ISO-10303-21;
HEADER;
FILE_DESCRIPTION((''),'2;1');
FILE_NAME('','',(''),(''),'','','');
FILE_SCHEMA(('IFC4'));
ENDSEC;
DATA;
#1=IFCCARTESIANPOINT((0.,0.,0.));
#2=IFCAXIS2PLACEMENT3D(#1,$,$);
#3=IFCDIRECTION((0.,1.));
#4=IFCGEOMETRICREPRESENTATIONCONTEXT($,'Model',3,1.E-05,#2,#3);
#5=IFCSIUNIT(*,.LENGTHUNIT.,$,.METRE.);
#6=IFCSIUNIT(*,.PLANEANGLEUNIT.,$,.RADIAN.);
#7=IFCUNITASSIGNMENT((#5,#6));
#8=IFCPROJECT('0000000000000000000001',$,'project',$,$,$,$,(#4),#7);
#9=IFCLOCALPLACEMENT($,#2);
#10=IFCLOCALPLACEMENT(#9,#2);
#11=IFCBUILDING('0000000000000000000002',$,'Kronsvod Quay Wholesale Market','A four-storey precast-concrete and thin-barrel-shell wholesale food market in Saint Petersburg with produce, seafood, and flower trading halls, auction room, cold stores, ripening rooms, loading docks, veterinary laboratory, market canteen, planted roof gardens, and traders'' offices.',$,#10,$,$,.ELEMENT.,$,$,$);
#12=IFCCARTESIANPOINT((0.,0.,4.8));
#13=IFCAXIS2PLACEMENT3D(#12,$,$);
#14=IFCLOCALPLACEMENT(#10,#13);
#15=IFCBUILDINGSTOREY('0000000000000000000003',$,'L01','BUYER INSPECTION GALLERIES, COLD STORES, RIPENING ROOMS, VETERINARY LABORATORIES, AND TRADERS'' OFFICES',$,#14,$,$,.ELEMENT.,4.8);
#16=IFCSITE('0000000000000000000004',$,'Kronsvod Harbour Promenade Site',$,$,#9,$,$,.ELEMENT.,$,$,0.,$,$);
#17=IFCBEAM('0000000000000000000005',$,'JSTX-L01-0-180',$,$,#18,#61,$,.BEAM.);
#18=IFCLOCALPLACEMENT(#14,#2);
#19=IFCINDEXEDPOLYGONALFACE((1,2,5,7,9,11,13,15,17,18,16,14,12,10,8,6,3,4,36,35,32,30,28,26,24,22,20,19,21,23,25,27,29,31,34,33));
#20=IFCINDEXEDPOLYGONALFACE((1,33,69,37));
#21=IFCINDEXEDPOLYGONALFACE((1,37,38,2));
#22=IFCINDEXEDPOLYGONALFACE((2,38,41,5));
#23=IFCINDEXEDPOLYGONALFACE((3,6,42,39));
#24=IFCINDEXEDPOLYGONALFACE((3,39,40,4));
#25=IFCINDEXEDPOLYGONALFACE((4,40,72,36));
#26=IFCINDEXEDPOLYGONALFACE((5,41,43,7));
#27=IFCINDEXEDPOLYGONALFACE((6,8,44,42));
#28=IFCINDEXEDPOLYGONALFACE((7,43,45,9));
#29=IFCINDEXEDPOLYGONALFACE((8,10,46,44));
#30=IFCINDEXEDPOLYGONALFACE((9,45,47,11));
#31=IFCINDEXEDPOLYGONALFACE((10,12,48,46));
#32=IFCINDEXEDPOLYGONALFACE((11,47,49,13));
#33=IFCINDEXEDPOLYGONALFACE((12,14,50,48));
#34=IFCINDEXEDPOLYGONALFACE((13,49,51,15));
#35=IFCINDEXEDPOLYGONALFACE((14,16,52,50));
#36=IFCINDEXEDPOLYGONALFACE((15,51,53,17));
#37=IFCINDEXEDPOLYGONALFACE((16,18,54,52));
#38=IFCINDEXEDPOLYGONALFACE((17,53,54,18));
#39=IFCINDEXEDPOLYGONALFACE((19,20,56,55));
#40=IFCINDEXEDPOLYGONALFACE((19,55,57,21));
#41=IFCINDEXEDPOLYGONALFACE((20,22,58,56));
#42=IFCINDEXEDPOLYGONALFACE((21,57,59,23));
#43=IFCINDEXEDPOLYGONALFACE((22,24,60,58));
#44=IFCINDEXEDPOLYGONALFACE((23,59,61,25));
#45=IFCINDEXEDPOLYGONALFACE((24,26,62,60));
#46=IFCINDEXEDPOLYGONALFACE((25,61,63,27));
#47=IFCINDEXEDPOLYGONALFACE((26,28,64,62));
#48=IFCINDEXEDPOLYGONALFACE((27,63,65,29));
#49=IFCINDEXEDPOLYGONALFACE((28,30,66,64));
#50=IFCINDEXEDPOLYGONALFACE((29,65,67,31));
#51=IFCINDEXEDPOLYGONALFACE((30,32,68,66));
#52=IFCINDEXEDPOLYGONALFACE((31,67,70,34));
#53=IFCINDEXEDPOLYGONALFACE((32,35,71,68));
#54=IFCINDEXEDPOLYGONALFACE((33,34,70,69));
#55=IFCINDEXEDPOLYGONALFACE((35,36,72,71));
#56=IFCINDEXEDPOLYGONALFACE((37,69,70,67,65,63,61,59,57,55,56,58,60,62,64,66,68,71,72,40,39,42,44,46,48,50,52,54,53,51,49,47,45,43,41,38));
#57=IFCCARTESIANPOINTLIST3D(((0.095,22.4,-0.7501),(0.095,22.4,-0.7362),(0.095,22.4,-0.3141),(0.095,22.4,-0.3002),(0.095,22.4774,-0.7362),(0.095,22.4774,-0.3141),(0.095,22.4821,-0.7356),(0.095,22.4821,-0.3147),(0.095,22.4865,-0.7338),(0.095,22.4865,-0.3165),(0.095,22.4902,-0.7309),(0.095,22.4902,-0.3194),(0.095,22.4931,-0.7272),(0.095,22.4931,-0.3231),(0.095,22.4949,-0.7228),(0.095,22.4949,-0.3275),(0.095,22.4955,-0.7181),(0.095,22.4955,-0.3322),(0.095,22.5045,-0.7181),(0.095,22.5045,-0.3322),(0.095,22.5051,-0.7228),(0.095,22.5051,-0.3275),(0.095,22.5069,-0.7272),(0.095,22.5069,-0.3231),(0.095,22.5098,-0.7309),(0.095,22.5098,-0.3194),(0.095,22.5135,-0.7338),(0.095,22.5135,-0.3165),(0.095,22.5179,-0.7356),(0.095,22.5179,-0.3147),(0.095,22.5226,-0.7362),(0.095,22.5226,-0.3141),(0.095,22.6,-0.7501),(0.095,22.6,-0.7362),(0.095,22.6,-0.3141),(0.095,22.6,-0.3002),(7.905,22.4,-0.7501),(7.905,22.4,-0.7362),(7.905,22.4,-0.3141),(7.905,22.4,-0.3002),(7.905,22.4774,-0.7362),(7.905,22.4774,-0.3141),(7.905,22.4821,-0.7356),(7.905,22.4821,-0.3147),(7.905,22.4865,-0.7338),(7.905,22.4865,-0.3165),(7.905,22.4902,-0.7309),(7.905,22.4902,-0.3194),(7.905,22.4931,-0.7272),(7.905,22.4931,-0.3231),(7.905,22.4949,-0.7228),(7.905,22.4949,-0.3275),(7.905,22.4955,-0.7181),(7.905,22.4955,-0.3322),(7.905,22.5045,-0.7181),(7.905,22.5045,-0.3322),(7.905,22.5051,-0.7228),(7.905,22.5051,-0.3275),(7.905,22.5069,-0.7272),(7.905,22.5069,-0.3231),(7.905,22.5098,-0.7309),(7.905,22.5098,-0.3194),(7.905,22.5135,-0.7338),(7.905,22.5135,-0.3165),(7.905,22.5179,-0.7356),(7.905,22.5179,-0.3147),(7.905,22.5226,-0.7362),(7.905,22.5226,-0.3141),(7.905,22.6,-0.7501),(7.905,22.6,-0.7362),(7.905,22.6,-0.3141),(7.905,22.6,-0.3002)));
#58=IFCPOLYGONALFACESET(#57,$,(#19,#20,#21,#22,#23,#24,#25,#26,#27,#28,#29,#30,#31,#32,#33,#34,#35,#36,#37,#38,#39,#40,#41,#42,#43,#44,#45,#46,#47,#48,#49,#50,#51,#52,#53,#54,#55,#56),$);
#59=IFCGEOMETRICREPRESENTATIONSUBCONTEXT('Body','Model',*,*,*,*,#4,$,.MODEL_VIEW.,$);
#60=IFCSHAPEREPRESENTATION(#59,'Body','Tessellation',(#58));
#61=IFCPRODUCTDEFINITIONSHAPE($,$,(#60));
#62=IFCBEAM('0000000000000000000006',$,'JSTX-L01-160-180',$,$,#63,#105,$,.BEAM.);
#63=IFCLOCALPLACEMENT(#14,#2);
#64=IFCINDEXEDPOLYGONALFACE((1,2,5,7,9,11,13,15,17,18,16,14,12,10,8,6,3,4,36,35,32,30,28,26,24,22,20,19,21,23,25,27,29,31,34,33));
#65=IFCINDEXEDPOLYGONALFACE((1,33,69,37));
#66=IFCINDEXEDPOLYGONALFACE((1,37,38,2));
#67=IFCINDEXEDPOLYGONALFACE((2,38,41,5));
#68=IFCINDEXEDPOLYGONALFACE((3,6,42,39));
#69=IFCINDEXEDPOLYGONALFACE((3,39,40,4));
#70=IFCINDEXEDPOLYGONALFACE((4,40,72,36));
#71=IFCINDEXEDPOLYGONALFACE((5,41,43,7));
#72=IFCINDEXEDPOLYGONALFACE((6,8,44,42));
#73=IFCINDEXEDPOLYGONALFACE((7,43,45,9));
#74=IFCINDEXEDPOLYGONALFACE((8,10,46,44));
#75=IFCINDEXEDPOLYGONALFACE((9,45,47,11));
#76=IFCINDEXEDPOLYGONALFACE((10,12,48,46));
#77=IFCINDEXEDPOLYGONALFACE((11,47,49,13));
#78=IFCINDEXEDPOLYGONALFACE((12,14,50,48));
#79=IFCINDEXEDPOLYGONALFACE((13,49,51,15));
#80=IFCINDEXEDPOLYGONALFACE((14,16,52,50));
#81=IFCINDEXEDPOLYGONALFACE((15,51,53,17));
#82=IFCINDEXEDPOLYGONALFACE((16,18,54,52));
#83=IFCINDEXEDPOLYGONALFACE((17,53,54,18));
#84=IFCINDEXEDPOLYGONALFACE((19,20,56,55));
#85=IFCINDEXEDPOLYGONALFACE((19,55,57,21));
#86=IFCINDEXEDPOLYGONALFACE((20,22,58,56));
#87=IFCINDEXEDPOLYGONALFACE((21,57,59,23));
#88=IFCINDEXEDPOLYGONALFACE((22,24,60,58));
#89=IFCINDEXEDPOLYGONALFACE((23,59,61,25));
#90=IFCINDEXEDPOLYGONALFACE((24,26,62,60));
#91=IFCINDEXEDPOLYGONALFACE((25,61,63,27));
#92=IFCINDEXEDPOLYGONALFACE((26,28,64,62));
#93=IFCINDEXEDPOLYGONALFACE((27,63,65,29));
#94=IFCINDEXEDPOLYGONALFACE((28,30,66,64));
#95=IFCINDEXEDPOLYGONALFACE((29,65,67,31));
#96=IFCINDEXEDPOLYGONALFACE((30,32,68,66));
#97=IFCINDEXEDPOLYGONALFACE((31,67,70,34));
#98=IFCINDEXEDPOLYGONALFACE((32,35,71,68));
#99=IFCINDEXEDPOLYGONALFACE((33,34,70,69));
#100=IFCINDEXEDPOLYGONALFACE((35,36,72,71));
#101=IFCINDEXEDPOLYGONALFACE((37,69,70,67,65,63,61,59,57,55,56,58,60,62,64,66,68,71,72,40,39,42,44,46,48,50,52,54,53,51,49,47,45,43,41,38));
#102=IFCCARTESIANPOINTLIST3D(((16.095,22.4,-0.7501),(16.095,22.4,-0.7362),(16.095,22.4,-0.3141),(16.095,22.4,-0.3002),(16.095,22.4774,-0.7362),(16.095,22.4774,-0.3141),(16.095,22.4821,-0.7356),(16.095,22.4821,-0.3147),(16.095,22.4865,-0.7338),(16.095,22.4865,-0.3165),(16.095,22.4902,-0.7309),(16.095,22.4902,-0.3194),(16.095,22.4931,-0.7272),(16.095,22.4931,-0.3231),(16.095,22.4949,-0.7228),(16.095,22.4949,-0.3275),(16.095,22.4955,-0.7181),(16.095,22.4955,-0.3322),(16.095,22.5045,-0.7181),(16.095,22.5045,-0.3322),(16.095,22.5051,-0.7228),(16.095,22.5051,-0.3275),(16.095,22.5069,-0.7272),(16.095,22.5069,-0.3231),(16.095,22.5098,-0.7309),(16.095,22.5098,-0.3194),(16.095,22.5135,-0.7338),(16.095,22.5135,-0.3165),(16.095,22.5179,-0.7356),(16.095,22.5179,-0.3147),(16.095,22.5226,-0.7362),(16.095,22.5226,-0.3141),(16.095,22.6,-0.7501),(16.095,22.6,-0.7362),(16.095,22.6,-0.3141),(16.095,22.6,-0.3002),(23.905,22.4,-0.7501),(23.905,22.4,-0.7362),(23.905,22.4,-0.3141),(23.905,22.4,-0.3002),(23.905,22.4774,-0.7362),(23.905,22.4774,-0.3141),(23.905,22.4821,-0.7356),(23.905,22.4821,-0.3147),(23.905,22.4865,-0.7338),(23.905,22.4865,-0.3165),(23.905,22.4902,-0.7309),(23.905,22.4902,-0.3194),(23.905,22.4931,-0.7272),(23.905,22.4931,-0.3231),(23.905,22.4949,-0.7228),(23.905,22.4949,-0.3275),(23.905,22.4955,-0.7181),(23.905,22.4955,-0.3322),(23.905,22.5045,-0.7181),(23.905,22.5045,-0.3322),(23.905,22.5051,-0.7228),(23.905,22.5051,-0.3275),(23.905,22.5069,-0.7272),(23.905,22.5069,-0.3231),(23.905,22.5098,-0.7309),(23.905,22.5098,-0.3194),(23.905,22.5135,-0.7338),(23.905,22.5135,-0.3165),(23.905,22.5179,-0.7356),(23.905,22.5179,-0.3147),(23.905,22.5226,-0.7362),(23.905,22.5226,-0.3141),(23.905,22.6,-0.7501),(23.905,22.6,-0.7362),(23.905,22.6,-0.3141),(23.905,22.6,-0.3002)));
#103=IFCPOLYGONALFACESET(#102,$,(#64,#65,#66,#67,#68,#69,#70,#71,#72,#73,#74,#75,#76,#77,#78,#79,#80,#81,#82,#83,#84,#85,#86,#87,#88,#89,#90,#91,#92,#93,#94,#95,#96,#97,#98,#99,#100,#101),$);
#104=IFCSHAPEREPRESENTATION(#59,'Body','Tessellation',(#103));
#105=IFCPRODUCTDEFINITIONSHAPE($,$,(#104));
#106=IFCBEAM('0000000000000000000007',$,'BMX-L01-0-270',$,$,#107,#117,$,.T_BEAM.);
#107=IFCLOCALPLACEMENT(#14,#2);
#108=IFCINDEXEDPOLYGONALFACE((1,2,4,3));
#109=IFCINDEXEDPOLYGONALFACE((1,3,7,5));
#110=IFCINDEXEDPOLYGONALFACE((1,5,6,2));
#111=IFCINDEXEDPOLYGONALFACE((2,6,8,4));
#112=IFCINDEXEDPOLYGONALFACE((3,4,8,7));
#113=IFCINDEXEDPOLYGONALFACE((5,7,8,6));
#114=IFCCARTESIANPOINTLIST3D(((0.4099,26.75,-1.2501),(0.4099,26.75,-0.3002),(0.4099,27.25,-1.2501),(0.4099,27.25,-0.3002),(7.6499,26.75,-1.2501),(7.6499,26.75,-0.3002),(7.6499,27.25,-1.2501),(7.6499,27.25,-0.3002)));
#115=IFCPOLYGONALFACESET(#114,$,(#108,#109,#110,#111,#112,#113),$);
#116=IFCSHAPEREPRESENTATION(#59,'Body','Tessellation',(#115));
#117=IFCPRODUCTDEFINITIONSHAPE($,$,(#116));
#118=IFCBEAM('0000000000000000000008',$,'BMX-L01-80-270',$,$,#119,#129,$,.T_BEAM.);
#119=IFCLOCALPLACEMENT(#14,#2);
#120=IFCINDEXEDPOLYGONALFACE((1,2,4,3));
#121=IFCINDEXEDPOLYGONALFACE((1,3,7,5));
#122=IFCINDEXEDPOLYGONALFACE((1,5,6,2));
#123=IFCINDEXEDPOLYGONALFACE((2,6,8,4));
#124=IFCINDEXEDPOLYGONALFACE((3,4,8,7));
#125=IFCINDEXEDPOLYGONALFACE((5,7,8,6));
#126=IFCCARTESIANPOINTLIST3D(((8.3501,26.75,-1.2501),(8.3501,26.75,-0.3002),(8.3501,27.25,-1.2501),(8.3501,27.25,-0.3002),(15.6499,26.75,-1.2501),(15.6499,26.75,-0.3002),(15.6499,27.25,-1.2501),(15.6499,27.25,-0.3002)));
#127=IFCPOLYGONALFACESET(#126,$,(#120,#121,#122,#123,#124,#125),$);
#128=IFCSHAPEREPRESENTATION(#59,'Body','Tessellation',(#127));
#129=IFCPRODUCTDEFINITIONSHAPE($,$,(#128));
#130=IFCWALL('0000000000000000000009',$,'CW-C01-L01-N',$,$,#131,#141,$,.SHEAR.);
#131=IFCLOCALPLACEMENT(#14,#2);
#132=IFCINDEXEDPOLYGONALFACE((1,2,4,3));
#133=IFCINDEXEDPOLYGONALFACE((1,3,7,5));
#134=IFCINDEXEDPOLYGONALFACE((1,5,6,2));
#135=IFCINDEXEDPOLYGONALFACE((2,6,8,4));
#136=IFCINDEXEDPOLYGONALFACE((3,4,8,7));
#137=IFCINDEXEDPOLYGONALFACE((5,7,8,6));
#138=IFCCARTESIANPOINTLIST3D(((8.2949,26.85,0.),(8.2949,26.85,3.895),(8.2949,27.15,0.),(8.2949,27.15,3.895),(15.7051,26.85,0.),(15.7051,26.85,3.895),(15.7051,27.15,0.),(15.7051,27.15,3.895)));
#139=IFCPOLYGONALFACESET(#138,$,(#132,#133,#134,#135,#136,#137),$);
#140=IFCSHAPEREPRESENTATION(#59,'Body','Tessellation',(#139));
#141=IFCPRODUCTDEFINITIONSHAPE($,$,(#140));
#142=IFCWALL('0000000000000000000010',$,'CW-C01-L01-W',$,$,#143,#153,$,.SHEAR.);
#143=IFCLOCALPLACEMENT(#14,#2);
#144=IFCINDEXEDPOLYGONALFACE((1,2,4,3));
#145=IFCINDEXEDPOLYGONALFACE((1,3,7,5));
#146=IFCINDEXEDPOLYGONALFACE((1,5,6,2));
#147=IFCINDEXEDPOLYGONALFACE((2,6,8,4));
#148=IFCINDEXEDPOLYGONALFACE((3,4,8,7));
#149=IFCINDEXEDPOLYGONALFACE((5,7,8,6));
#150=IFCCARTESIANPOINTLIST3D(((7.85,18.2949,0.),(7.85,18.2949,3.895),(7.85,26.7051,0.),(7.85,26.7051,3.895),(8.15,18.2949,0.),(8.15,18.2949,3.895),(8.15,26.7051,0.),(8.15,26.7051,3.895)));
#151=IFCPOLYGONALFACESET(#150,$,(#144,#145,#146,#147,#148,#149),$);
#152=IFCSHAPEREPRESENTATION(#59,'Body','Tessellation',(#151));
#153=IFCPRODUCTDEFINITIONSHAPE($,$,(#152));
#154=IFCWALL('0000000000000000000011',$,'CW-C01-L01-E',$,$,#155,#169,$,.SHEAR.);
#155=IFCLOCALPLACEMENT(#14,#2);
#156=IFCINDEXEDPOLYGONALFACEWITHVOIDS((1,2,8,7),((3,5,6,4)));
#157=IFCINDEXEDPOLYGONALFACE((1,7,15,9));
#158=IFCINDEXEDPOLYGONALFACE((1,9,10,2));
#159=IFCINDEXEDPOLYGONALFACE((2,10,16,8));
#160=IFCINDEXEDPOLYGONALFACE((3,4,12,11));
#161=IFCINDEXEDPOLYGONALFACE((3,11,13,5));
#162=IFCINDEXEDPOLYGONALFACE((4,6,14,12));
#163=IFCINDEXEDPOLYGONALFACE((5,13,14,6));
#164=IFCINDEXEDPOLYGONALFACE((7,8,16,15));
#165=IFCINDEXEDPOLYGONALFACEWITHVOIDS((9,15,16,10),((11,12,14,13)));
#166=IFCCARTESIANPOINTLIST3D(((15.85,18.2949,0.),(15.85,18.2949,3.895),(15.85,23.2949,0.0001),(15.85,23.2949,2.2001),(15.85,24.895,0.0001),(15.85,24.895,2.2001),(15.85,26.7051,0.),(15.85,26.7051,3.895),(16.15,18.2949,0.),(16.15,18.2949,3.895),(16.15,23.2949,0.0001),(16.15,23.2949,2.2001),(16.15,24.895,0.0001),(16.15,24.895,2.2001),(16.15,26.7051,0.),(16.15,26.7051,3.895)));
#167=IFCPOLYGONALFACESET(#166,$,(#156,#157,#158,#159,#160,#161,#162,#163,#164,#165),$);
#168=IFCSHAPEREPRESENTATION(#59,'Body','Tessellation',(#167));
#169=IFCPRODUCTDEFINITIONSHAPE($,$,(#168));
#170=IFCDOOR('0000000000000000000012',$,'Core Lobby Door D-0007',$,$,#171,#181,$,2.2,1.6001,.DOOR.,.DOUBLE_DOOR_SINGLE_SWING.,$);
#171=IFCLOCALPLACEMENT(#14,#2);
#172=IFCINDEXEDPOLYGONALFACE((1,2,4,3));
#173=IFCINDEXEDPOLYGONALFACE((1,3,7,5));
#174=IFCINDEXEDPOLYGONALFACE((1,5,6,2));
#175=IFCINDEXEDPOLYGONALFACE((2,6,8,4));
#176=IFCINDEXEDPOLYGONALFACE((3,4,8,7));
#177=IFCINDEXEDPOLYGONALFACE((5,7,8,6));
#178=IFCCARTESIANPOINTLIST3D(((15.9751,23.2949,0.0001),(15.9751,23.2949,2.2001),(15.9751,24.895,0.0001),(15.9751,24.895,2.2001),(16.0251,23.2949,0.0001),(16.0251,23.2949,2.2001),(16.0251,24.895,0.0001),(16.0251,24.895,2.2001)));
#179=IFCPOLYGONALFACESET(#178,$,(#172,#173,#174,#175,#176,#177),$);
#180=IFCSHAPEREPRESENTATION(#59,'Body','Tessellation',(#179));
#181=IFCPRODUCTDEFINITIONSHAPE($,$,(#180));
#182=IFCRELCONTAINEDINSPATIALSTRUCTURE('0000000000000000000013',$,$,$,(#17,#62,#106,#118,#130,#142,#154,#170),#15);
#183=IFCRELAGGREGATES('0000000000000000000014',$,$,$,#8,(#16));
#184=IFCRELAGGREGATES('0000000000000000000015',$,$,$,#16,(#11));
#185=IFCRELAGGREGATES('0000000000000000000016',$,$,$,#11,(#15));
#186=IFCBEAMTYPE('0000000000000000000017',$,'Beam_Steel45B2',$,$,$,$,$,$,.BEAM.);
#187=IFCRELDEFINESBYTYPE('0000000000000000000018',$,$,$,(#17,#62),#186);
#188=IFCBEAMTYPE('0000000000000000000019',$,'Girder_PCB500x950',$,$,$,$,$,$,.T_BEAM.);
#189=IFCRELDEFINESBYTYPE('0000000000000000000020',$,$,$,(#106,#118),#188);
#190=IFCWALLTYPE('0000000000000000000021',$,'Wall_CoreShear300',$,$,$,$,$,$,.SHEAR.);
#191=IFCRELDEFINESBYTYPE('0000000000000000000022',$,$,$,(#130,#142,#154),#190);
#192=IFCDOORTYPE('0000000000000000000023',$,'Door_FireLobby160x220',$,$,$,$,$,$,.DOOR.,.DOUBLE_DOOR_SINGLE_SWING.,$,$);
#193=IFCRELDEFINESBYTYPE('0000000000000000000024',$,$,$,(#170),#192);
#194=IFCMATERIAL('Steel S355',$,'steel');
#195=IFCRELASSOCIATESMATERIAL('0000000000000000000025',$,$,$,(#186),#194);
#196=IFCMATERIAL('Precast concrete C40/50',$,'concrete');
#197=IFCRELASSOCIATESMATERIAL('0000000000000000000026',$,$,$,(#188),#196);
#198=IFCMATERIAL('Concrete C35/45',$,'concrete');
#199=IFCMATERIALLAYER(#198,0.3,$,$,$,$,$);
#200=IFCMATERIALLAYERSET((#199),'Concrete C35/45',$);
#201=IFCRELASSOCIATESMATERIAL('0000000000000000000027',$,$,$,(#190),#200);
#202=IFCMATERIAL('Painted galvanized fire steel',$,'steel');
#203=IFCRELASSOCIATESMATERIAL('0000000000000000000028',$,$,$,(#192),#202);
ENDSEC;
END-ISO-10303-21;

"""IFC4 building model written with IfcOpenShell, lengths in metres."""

from ifc_helpers import new_model, si_unit, direction, frame, frame_2d, origin, origin_2d, place, context, subcontext, project, spatial, rectangle, i_section, extrude, material, layer, layer_set, material_profile, profile_set, type_object, element, fill, save


model = new_model("IFC4")

# Units and contexts
model_context = context("Model", 3, precision=1e-05, world=origin(), true_north=direction((0.0, 1.0)))
body_context = subcontext(model_context, "Body", "Model", "MODEL_VIEW")
ifc_project = project(units=[si_unit("LENGTHUNIT", "METRE"), si_unit("PLANEANGLEUNIT", "RADIAN")], contexts=[model_context])

# Site, building, storey
site_placement = place(None, origin())
site = spatial("IfcSite", under=ifc_project, at=site_placement, Name="Kronsvod Harbour Promenade Site", CompositionType="ELEMENT", RefElevation=0.0)
building_placement = place(site_placement, origin())
building = spatial("IfcBuilding", under=site, at=building_placement, Name="Kronsvod Quay Wholesale Market", Description="A four-storey precast-concrete and thin-barrel-shell wholesale food market in Saint Petersburg with produce, seafood, and flower trading halls, auction room, cold stores, ripening rooms, loading docks, veterinary laboratory, market canteen, planted roof gardens, and traders' offices.", CompositionType="ELEMENT")
storey_placement = place(building_placement, frame((0.0, 0.0, 4.8)))
storey = spatial("IfcBuildingStorey", under=building, at=storey_placement, Name="L01", Description="BUYER INSPECTION GALLERIES, COLD STORES, RIPENING ROOMS, VETERINARY LABORATORIES, AND TRADERS' OFFICES", CompositionType="ELEMENT", Elevation=4.8)

# Beams
ifc_material_1 = material(Name="Steel S355", Category="steel")
ifc_material_profile_1 = material_profile(ifc_material_1, i_section(OverallWidth=0.2, OverallDepth=0.45, WebThickness=0.009, FlangeThickness=0.0139, FilletRadius=0.0181, at=origin_2d()), Name="45B2")
ifc_profile_set_1 = profile_set([ifc_material_profile_1], Name="Steel S355")
beam_type_1 = type_object("IfcBeamType", Name="Beam_Steel45B2", PredefinedType="BEAM", material=ifc_profile_set_1)
for number, where, z_axis, x_axis, name in (
    (1, (0.095, 22.5, -0.5251), (1.0, 0.0, 0.0), (0.0, 1.0, 0.0), "JSTX-L01-0-180"),
    (2, (16.095, 22.5, -0.5251), (1.0, 0.0, 0.0), (0.0, 1.0, 0.0), "JSTX-L01-160-180"),
):
    element("IfcBeam", number, at=place(storey_placement, frame(where, z_axis=z_axis, x_axis=x_axis)), inside=storey, type_object=beam_type_1, Name=name, PredefinedType="BEAM", context=body_context, shape_type="SweptSolid", body=[
        extrude(i_section(OverallWidth=0.2, OverallDepth=0.45, WebThickness=0.009, FlangeThickness=0.0139, FilletRadius=0.0181, at=origin_2d()), origin(), (0.0, 0.0, 1.0), 7.8101),
    ])
ifc_material_2 = material(Name="Precast concrete C40/50", Category="concrete")
ifc_material_profile_2 = material_profile(ifc_material_2, rectangle(XDim=0.5, YDim=0.95, at=origin_2d()), Name="PCB500x950")
ifc_profile_set_2 = profile_set([ifc_material_profile_2], Name="Precast concrete C40/50")
beam_type_2 = type_object("IfcBeamType", Name="Girder_PCB500x950", PredefinedType="T_BEAM", material=ifc_profile_set_2)
beam_1_placement = place(storey_placement, frame((0.4099, 27.0, -0.7751), z_axis=(1.0, 0.0, 0.0), x_axis=(0.0, 1.0, 0.0)))
element("IfcBeam", 3, at=beam_1_placement, inside=storey, type_object=beam_type_2, Name="BMX-L01-0-270", PredefinedType="T_BEAM", context=body_context, shape_type="SweptSolid", body=[
    extrude(rectangle(XDim=0.5, YDim=0.95, at=origin_2d()), origin(), (0.0, 0.0, 1.0), 7.24),
])
beam_2_placement = place(storey_placement, frame((8.3501, 27.0, -0.7751), z_axis=(1.0, 0.0, 0.0), x_axis=(0.0, 1.0, 0.0)))
element("IfcBeam", 4, at=beam_2_placement, inside=storey, type_object=beam_type_2, Name="BMX-L01-80-270", PredefinedType="T_BEAM", context=body_context, shape_type="SweptSolid", body=[
    extrude(rectangle(XDim=0.5, YDim=0.95, at=origin_2d()), origin(), (0.0, 0.0, 1.0), 7.2998),
])

# Walls
ifc_material_3 = material(Name="Concrete C35/45", Category="concrete")
ifc_layer_1 = layer(ifc_material_3, 0.3)
ifc_layer_set_1 = layer_set([ifc_layer_1], Name="Concrete C35/45")
wall_type_1 = type_object("IfcWallType", Name="Wall_CoreShear300", PredefinedType="SHEAR", material=ifc_layer_set_1)
wall_1_placement = place(storey_placement, frame((8.2949, 27.0, 0.0), z_axis=(0.0, 0.0, 1.0), x_axis=(1.0, 0.0, 0.0)))
element("IfcWall", 5, at=wall_1_placement, inside=storey, type_object=wall_type_1, Name="CW-C01-L01-N", PredefinedType="SHEAR", context=body_context, shape_type="SweptSolid", body=[
    extrude(rectangle(XDim=7.4102, YDim=0.3, at=frame_2d((3.7051, 0.0))), origin(), (0.0, 0.0, 1.0), 3.895),
])
wall_2_placement = place(storey_placement, frame((8.0, 18.2949, 0.0), z_axis=(0.0, 0.0, 1.0), x_axis=(0.0, 1.0, 0.0)))
element("IfcWall", 6, at=wall_2_placement, inside=storey, type_object=wall_type_1, Name="CW-C01-L01-W", PredefinedType="SHEAR", context=body_context, shape_type="SweptSolid", body=[
    extrude(rectangle(XDim=8.4102, YDim=0.3, at=frame_2d((4.2051, 0.0))), origin(), (0.0, 0.0, 1.0), 3.895),
])

# Wall, opening, door
wall_3_placement = place(storey_placement, frame((16.0, 18.2949, 0.0), z_axis=(0.0, 0.0, 1.0), x_axis=(0.0, 1.0, 0.0)))
wall_3 = element("IfcWall", 7, at=wall_3_placement, inside=storey, type_object=wall_type_1, Name="CW-C01-L01-E", PredefinedType="SHEAR", context=body_context, shape_type="SweptSolid", body=[
    extrude(rectangle(XDim=8.4102, YDim=0.3, at=frame_2d((4.2051, 0.0))), origin(), (0.0, 0.0, 1.0), 3.895),
])
opening_1_placement = place(wall_3_placement, frame((5.0, 0.0, 0.0)))
opening_1 = element("IfcOpeningElement", 8, at=opening_1_placement, cuts=wall_3, PredefinedType="OPENING", context=body_context, shape_type="SweptSolid", body=[
    extrude(rectangle(XDim=1.6001, YDim=2.2, at=frame_2d((0.8, 1.1001))), frame((0.0, 0.1602, 0.0), z_axis=(0.0, -1.0, 0.0), x_axis=(1.0, 0.0, 0.0)), (0.0, 0.0, 1.0), 0.3201),
])
ifc_material_4 = material(Name="Painted galvanized fire steel", Category="steel")
door_type_1 = type_object("IfcDoorType", Name="Door_FireLobby160x220", OperationType="DOUBLE_DOOR_SINGLE_SWING", PredefinedType="DOOR", material=ifc_material_4)
door_1_placement = place(opening_1_placement, origin())
door_1 = element("IfcDoor", 9, at=door_1_placement, inside=storey, type_object=door_type_1, Name="Core Lobby Door D-0007", OperationType="DOUBLE_DOOR_SINGLE_SWING", OverallHeight=2.2, OverallWidth=1.6001, PredefinedType="DOOR", context=body_context, shape_type="SweptSolid", body=[
    extrude(rectangle(XDim=1.6001, YDim=2.2, at=frame_2d((0.8, 1.1001))), frame((0.0, 0.0249, 0.0), z_axis=(0.0, -1.0, 0.0), x_axis=(1.0, 0.0, 0.0)), (0.0, 0.0, 1.0), 0.05),
])
fill(opening_1, door_1)

save(model, "model.ifc")
